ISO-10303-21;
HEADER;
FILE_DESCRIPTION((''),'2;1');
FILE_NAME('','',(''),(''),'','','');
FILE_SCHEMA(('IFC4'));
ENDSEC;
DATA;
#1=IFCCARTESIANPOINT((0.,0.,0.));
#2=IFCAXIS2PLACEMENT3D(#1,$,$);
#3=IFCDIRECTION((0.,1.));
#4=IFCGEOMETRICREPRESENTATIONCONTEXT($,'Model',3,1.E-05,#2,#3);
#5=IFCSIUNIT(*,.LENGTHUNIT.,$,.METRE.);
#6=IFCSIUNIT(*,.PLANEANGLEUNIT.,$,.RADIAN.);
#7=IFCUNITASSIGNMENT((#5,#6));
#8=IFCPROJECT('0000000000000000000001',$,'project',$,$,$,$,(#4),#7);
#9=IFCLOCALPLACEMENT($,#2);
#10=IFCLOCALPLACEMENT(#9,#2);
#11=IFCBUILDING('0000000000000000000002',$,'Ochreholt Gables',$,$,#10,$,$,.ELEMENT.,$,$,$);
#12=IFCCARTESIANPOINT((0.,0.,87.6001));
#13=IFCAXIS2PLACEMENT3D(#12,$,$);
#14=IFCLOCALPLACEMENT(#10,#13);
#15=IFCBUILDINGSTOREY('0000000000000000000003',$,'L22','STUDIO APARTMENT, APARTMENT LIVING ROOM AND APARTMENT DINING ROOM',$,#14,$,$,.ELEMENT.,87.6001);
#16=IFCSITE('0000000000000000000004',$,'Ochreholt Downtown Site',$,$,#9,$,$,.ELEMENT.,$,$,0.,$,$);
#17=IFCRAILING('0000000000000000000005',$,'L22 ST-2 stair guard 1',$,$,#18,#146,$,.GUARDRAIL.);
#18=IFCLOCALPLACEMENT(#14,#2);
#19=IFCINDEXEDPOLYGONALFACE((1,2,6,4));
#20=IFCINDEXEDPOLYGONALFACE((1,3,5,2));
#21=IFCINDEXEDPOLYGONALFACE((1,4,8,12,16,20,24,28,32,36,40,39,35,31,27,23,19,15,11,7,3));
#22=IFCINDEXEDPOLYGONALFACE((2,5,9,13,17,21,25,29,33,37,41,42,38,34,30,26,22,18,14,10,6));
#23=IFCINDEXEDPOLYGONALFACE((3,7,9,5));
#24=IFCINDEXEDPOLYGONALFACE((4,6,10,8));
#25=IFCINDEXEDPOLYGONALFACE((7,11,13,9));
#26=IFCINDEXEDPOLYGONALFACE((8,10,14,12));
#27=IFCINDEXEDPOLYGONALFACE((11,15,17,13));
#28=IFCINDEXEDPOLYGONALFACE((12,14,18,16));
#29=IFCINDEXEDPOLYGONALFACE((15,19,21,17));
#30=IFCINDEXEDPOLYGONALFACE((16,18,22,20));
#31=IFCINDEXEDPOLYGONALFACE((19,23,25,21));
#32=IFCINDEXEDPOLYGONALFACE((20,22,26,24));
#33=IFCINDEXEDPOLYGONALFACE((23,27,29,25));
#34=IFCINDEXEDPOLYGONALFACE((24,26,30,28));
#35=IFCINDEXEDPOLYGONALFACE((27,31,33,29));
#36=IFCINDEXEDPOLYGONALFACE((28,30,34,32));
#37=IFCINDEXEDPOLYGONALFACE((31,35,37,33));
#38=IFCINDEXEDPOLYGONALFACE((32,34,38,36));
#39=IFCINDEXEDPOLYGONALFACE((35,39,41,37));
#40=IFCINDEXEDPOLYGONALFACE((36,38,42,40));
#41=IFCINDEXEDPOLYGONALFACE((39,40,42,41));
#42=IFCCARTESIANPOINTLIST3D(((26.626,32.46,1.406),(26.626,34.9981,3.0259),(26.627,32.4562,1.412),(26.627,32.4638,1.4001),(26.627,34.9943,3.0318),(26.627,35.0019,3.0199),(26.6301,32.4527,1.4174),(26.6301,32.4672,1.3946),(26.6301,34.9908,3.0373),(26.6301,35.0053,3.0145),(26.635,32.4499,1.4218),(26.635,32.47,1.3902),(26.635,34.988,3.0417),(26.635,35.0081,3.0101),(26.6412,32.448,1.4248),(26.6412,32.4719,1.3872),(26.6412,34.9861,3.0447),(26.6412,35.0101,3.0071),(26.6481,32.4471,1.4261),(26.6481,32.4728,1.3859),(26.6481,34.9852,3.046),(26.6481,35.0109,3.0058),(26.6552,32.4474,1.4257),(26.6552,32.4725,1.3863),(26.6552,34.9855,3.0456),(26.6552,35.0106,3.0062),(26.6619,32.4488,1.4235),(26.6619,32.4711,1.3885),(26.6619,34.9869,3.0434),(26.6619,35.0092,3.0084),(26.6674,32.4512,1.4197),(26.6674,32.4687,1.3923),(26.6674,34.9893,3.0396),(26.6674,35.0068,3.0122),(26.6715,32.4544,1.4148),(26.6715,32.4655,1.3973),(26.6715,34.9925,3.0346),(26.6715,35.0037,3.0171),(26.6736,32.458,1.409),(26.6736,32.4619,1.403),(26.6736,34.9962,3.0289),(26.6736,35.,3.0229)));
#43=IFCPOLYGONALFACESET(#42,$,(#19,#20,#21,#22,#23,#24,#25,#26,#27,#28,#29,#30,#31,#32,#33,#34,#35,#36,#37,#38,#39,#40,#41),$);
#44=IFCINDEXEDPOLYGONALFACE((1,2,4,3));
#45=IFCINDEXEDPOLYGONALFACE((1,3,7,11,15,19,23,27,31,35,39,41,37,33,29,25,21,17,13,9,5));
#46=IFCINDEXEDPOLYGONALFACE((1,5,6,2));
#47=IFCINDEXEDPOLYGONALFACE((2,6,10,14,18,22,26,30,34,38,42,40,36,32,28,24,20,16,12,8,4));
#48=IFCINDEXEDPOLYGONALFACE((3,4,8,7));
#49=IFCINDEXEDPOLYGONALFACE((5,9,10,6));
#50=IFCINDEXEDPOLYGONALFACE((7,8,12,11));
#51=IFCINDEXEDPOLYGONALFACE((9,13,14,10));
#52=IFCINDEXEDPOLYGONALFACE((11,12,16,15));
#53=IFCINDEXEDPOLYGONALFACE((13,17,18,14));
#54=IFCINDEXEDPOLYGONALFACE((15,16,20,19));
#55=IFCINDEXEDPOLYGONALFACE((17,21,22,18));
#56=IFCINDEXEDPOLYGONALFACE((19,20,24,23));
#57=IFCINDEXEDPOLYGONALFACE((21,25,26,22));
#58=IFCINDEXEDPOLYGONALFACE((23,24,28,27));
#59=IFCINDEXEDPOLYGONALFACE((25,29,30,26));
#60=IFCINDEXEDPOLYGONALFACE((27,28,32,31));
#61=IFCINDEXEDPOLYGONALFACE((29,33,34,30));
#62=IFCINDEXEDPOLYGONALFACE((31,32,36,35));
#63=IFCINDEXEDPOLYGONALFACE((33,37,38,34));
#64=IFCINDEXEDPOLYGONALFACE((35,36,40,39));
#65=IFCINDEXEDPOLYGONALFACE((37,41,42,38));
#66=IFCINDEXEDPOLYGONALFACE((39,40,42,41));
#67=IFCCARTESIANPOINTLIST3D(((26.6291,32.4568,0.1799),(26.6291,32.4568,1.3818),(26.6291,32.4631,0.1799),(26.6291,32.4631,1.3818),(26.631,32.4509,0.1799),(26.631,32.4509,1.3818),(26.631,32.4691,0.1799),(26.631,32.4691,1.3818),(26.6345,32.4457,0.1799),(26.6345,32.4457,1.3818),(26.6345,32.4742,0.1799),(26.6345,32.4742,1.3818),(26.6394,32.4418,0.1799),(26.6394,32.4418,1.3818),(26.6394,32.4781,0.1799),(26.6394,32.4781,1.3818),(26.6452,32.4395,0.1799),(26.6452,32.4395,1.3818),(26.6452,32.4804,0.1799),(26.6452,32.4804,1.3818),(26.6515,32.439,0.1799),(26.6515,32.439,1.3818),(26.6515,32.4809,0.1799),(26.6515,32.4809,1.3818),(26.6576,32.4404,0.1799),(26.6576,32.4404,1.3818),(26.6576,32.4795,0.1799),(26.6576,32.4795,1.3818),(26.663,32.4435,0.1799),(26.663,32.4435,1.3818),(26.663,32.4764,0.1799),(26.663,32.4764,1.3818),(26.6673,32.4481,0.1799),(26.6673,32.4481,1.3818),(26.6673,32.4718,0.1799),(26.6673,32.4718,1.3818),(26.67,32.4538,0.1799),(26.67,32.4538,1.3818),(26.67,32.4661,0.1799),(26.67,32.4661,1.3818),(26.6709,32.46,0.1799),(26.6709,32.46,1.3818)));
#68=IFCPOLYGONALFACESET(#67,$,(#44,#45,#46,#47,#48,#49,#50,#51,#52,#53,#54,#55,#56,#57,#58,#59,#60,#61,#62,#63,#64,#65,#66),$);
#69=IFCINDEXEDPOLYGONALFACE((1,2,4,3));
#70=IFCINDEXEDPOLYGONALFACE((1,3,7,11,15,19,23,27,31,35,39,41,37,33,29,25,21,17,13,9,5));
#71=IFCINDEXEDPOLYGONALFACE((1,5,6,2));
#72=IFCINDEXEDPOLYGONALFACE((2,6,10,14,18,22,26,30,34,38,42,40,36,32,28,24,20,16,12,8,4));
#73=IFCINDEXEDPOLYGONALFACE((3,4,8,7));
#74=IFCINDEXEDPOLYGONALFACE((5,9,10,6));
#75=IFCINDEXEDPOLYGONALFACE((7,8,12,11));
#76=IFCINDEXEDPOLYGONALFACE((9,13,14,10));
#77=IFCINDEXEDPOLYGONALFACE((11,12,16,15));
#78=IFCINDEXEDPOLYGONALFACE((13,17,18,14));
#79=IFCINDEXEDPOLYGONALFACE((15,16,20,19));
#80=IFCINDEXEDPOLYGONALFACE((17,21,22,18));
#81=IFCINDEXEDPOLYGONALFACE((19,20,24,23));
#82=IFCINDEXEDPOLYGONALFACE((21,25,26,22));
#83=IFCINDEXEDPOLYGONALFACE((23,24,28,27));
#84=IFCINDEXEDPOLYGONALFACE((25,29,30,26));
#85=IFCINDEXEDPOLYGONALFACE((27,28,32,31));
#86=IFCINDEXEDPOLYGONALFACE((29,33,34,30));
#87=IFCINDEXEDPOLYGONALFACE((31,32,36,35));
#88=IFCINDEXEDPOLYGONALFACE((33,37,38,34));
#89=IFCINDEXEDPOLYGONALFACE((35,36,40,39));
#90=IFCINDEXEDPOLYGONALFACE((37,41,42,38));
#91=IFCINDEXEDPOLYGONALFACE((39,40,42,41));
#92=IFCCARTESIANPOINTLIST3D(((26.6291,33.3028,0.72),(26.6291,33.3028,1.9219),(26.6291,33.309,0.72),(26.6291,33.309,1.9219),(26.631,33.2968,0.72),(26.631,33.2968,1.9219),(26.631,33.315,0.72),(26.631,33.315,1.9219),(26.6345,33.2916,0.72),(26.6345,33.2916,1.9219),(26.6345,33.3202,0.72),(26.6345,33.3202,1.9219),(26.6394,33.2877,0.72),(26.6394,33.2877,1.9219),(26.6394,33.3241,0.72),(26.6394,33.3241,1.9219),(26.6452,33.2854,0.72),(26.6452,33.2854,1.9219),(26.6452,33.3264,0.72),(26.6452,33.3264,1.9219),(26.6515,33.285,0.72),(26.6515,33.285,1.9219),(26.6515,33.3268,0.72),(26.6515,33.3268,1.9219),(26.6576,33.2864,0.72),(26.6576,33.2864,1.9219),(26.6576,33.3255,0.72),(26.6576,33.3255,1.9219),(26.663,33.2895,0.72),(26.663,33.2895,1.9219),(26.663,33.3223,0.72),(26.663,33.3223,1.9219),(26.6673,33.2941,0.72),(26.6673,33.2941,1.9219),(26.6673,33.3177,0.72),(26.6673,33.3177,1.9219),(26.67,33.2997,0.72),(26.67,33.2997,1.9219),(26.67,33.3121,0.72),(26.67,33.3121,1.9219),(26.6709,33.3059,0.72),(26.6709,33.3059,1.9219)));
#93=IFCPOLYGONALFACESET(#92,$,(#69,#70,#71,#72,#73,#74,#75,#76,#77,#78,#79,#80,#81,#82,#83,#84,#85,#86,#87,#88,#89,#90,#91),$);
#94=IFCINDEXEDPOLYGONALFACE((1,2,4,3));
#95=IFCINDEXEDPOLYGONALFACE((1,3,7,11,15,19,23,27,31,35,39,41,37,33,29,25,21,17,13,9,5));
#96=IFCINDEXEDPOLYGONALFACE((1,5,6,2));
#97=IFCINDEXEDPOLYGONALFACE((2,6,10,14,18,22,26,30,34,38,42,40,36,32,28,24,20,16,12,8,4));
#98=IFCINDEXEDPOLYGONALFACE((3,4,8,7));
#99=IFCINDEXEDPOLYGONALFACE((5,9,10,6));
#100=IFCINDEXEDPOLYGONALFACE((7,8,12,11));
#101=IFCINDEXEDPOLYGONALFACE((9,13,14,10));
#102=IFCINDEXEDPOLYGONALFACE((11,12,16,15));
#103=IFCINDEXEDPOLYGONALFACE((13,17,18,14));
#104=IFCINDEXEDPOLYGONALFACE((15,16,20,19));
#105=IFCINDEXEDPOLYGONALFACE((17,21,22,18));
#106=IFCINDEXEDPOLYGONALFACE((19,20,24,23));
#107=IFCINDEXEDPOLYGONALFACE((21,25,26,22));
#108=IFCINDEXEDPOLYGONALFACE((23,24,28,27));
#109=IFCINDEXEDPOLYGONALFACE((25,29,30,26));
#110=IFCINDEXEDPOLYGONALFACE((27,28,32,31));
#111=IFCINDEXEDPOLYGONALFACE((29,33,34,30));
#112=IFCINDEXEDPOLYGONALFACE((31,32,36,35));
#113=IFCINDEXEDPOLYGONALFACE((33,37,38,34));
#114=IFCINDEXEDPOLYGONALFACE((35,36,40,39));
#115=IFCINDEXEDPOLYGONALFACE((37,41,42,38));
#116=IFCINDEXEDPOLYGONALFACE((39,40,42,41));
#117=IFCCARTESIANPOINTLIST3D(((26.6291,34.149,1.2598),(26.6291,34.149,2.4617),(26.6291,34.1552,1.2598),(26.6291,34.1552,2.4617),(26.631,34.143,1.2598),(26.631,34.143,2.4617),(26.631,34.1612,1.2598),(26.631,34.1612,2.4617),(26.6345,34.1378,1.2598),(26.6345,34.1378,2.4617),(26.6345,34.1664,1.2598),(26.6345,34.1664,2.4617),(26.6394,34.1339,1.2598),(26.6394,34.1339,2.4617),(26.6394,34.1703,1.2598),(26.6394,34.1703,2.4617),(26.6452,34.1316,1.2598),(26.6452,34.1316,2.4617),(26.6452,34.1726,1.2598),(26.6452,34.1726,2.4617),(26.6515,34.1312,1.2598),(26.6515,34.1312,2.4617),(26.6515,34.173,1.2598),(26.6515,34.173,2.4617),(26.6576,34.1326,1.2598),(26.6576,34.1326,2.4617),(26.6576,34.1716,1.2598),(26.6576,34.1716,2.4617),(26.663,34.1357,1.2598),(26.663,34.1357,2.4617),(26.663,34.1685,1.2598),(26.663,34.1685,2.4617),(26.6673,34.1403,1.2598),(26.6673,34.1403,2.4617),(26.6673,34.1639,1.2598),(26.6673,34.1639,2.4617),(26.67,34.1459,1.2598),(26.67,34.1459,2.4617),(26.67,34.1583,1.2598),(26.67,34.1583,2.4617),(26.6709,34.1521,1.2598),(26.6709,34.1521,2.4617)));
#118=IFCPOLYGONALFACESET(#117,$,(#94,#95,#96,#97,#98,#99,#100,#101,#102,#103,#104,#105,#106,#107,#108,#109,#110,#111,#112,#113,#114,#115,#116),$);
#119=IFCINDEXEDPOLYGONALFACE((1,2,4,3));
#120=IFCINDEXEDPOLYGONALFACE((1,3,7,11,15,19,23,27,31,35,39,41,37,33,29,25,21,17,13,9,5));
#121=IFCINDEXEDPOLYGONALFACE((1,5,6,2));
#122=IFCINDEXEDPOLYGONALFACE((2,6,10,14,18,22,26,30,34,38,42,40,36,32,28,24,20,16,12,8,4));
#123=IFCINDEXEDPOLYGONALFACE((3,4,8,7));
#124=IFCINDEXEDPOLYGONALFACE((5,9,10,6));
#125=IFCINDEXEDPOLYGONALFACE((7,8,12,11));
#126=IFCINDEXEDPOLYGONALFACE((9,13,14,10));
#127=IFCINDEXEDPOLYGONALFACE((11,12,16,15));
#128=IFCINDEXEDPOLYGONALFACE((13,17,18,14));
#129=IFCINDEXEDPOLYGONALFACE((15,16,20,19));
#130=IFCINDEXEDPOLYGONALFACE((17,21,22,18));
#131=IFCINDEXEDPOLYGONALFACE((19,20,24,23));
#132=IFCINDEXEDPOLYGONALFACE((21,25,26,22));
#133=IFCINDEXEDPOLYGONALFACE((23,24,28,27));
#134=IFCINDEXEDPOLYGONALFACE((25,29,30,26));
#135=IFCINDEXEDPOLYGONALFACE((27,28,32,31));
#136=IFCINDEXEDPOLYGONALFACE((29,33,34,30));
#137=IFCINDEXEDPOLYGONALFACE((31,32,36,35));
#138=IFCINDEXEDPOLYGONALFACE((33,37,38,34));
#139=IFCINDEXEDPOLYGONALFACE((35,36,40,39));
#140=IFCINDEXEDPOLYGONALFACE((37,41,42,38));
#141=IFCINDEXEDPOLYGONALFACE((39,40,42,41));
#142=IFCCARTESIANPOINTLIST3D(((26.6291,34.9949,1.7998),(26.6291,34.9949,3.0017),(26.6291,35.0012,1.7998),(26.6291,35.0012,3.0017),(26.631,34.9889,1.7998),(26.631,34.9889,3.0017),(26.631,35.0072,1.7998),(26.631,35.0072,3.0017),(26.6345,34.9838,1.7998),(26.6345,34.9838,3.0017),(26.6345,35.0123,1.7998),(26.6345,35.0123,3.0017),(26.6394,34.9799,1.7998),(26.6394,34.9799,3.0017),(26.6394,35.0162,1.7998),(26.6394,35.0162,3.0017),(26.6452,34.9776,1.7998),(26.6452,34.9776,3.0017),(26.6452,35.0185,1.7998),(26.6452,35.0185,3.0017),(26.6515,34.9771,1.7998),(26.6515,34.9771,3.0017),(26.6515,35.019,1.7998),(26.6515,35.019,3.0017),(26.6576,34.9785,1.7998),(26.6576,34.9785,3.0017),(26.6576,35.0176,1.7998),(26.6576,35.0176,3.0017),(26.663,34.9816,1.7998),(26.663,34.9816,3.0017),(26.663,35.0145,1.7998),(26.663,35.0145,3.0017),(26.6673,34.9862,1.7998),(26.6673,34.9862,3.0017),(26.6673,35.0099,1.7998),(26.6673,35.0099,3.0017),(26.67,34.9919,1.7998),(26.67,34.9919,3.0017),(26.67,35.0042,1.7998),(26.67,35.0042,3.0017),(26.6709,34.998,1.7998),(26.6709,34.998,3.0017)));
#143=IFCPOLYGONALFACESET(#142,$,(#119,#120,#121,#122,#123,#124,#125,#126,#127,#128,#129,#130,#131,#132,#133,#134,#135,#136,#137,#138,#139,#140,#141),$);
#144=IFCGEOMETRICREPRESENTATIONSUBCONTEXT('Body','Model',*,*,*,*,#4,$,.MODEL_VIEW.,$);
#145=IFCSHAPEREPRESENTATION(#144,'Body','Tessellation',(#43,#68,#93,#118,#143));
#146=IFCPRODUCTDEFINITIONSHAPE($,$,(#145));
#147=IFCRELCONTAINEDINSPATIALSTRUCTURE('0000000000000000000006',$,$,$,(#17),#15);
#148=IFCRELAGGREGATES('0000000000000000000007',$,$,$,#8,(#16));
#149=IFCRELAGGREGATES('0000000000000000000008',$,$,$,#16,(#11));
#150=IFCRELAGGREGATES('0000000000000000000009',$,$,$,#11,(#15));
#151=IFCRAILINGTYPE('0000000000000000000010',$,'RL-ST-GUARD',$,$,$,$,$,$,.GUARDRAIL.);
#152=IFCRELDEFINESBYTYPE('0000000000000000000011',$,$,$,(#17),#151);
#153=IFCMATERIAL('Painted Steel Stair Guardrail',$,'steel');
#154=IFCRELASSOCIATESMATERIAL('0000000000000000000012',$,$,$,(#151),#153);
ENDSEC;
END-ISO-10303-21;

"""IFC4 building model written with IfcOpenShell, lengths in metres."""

from ifc_helpers import new_model, si_unit, direction, frame, origin, origin_2d, place, context, subcontext, project, spatial, circle, extrude, material, type_object, element, save


model = new_model("IFC4")

# Units and contexts
model_context = context("Model", 3, precision=1e-05, world=origin(), true_north=direction((0.0, 1.0)))
body_context = subcontext(model_context, "Body", "Model", "MODEL_VIEW")
ifc_project = project(units=[si_unit("LENGTHUNIT", "METRE"), si_unit("PLANEANGLEUNIT", "RADIAN")], contexts=[model_context])

# Site, building, storey
site_placement = place(None, origin())
site = spatial("IfcSite", under=ifc_project, at=site_placement, Name="Ochreholt Downtown Site", CompositionType="ELEMENT", RefElevation=0.0)
building_placement = place(site_placement, origin())
building = spatial("IfcBuilding", under=site, at=building_placement, Name="Ochreholt Gables", CompositionType="ELEMENT")
storey_placement = place(building_placement, frame((0.0, 0.0, 87.6001)))
storey = spatial("IfcBuildingStorey", under=building, at=storey_placement, Name="L22", Description="STUDIO APARTMENT, APARTMENT LIVING ROOM AND APARTMENT DINING ROOM", CompositionType="ELEMENT", Elevation=87.6001)

# Railing
ifc_material_1 = material(Name="Painted Steel Stair Guardrail", Category="steel")
railing_type_1 = type_object("IfcRailingType", Name="RL-ST-GUARD", PredefinedType="GUARDRAIL", material=ifc_material_1)
railing_1_placement = place(storey_placement, frame((26.6499, 32.46, 0.1799)))
element("IfcRailing", 1, at=railing_1_placement, inside=storey, type_object=railing_type_1, Name="L22 ST-2 stair guard 1", PredefinedType="GUARDRAIL", context=body_context, shape_type="SweptSolid", body=[
    extrude(circle(Radius=0.0239, at=origin_2d()), frame((0.0, 0.0, 1.2261), z_axis=(0.0, 0.84295, 0.537993), x_axis=(-1.0, 0.0, 0.0)), (0.0, 0.0, 1.0), 3.011),
    extrude(circle(Radius=0.021, at=origin_2d()), origin(), (0.0, 0.0, 1.0), 1.2019),
    extrude(circle(Radius=0.021, at=origin_2d()), frame((0.0, 0.8459, 0.54)), (0.0, 0.0, 1.0), 1.2019),
    extrude(circle(Radius=0.021, at=origin_2d()), frame((0.0, 1.6921, 1.0798)), (0.0, 0.0, 1.0), 1.2019),
    extrude(circle(Radius=0.021, at=origin_2d()), frame((0.0, 2.5381, 1.6199)), (0.0, 0.0, 1.0), 1.2019),
])

save(model, "model.ifc")
